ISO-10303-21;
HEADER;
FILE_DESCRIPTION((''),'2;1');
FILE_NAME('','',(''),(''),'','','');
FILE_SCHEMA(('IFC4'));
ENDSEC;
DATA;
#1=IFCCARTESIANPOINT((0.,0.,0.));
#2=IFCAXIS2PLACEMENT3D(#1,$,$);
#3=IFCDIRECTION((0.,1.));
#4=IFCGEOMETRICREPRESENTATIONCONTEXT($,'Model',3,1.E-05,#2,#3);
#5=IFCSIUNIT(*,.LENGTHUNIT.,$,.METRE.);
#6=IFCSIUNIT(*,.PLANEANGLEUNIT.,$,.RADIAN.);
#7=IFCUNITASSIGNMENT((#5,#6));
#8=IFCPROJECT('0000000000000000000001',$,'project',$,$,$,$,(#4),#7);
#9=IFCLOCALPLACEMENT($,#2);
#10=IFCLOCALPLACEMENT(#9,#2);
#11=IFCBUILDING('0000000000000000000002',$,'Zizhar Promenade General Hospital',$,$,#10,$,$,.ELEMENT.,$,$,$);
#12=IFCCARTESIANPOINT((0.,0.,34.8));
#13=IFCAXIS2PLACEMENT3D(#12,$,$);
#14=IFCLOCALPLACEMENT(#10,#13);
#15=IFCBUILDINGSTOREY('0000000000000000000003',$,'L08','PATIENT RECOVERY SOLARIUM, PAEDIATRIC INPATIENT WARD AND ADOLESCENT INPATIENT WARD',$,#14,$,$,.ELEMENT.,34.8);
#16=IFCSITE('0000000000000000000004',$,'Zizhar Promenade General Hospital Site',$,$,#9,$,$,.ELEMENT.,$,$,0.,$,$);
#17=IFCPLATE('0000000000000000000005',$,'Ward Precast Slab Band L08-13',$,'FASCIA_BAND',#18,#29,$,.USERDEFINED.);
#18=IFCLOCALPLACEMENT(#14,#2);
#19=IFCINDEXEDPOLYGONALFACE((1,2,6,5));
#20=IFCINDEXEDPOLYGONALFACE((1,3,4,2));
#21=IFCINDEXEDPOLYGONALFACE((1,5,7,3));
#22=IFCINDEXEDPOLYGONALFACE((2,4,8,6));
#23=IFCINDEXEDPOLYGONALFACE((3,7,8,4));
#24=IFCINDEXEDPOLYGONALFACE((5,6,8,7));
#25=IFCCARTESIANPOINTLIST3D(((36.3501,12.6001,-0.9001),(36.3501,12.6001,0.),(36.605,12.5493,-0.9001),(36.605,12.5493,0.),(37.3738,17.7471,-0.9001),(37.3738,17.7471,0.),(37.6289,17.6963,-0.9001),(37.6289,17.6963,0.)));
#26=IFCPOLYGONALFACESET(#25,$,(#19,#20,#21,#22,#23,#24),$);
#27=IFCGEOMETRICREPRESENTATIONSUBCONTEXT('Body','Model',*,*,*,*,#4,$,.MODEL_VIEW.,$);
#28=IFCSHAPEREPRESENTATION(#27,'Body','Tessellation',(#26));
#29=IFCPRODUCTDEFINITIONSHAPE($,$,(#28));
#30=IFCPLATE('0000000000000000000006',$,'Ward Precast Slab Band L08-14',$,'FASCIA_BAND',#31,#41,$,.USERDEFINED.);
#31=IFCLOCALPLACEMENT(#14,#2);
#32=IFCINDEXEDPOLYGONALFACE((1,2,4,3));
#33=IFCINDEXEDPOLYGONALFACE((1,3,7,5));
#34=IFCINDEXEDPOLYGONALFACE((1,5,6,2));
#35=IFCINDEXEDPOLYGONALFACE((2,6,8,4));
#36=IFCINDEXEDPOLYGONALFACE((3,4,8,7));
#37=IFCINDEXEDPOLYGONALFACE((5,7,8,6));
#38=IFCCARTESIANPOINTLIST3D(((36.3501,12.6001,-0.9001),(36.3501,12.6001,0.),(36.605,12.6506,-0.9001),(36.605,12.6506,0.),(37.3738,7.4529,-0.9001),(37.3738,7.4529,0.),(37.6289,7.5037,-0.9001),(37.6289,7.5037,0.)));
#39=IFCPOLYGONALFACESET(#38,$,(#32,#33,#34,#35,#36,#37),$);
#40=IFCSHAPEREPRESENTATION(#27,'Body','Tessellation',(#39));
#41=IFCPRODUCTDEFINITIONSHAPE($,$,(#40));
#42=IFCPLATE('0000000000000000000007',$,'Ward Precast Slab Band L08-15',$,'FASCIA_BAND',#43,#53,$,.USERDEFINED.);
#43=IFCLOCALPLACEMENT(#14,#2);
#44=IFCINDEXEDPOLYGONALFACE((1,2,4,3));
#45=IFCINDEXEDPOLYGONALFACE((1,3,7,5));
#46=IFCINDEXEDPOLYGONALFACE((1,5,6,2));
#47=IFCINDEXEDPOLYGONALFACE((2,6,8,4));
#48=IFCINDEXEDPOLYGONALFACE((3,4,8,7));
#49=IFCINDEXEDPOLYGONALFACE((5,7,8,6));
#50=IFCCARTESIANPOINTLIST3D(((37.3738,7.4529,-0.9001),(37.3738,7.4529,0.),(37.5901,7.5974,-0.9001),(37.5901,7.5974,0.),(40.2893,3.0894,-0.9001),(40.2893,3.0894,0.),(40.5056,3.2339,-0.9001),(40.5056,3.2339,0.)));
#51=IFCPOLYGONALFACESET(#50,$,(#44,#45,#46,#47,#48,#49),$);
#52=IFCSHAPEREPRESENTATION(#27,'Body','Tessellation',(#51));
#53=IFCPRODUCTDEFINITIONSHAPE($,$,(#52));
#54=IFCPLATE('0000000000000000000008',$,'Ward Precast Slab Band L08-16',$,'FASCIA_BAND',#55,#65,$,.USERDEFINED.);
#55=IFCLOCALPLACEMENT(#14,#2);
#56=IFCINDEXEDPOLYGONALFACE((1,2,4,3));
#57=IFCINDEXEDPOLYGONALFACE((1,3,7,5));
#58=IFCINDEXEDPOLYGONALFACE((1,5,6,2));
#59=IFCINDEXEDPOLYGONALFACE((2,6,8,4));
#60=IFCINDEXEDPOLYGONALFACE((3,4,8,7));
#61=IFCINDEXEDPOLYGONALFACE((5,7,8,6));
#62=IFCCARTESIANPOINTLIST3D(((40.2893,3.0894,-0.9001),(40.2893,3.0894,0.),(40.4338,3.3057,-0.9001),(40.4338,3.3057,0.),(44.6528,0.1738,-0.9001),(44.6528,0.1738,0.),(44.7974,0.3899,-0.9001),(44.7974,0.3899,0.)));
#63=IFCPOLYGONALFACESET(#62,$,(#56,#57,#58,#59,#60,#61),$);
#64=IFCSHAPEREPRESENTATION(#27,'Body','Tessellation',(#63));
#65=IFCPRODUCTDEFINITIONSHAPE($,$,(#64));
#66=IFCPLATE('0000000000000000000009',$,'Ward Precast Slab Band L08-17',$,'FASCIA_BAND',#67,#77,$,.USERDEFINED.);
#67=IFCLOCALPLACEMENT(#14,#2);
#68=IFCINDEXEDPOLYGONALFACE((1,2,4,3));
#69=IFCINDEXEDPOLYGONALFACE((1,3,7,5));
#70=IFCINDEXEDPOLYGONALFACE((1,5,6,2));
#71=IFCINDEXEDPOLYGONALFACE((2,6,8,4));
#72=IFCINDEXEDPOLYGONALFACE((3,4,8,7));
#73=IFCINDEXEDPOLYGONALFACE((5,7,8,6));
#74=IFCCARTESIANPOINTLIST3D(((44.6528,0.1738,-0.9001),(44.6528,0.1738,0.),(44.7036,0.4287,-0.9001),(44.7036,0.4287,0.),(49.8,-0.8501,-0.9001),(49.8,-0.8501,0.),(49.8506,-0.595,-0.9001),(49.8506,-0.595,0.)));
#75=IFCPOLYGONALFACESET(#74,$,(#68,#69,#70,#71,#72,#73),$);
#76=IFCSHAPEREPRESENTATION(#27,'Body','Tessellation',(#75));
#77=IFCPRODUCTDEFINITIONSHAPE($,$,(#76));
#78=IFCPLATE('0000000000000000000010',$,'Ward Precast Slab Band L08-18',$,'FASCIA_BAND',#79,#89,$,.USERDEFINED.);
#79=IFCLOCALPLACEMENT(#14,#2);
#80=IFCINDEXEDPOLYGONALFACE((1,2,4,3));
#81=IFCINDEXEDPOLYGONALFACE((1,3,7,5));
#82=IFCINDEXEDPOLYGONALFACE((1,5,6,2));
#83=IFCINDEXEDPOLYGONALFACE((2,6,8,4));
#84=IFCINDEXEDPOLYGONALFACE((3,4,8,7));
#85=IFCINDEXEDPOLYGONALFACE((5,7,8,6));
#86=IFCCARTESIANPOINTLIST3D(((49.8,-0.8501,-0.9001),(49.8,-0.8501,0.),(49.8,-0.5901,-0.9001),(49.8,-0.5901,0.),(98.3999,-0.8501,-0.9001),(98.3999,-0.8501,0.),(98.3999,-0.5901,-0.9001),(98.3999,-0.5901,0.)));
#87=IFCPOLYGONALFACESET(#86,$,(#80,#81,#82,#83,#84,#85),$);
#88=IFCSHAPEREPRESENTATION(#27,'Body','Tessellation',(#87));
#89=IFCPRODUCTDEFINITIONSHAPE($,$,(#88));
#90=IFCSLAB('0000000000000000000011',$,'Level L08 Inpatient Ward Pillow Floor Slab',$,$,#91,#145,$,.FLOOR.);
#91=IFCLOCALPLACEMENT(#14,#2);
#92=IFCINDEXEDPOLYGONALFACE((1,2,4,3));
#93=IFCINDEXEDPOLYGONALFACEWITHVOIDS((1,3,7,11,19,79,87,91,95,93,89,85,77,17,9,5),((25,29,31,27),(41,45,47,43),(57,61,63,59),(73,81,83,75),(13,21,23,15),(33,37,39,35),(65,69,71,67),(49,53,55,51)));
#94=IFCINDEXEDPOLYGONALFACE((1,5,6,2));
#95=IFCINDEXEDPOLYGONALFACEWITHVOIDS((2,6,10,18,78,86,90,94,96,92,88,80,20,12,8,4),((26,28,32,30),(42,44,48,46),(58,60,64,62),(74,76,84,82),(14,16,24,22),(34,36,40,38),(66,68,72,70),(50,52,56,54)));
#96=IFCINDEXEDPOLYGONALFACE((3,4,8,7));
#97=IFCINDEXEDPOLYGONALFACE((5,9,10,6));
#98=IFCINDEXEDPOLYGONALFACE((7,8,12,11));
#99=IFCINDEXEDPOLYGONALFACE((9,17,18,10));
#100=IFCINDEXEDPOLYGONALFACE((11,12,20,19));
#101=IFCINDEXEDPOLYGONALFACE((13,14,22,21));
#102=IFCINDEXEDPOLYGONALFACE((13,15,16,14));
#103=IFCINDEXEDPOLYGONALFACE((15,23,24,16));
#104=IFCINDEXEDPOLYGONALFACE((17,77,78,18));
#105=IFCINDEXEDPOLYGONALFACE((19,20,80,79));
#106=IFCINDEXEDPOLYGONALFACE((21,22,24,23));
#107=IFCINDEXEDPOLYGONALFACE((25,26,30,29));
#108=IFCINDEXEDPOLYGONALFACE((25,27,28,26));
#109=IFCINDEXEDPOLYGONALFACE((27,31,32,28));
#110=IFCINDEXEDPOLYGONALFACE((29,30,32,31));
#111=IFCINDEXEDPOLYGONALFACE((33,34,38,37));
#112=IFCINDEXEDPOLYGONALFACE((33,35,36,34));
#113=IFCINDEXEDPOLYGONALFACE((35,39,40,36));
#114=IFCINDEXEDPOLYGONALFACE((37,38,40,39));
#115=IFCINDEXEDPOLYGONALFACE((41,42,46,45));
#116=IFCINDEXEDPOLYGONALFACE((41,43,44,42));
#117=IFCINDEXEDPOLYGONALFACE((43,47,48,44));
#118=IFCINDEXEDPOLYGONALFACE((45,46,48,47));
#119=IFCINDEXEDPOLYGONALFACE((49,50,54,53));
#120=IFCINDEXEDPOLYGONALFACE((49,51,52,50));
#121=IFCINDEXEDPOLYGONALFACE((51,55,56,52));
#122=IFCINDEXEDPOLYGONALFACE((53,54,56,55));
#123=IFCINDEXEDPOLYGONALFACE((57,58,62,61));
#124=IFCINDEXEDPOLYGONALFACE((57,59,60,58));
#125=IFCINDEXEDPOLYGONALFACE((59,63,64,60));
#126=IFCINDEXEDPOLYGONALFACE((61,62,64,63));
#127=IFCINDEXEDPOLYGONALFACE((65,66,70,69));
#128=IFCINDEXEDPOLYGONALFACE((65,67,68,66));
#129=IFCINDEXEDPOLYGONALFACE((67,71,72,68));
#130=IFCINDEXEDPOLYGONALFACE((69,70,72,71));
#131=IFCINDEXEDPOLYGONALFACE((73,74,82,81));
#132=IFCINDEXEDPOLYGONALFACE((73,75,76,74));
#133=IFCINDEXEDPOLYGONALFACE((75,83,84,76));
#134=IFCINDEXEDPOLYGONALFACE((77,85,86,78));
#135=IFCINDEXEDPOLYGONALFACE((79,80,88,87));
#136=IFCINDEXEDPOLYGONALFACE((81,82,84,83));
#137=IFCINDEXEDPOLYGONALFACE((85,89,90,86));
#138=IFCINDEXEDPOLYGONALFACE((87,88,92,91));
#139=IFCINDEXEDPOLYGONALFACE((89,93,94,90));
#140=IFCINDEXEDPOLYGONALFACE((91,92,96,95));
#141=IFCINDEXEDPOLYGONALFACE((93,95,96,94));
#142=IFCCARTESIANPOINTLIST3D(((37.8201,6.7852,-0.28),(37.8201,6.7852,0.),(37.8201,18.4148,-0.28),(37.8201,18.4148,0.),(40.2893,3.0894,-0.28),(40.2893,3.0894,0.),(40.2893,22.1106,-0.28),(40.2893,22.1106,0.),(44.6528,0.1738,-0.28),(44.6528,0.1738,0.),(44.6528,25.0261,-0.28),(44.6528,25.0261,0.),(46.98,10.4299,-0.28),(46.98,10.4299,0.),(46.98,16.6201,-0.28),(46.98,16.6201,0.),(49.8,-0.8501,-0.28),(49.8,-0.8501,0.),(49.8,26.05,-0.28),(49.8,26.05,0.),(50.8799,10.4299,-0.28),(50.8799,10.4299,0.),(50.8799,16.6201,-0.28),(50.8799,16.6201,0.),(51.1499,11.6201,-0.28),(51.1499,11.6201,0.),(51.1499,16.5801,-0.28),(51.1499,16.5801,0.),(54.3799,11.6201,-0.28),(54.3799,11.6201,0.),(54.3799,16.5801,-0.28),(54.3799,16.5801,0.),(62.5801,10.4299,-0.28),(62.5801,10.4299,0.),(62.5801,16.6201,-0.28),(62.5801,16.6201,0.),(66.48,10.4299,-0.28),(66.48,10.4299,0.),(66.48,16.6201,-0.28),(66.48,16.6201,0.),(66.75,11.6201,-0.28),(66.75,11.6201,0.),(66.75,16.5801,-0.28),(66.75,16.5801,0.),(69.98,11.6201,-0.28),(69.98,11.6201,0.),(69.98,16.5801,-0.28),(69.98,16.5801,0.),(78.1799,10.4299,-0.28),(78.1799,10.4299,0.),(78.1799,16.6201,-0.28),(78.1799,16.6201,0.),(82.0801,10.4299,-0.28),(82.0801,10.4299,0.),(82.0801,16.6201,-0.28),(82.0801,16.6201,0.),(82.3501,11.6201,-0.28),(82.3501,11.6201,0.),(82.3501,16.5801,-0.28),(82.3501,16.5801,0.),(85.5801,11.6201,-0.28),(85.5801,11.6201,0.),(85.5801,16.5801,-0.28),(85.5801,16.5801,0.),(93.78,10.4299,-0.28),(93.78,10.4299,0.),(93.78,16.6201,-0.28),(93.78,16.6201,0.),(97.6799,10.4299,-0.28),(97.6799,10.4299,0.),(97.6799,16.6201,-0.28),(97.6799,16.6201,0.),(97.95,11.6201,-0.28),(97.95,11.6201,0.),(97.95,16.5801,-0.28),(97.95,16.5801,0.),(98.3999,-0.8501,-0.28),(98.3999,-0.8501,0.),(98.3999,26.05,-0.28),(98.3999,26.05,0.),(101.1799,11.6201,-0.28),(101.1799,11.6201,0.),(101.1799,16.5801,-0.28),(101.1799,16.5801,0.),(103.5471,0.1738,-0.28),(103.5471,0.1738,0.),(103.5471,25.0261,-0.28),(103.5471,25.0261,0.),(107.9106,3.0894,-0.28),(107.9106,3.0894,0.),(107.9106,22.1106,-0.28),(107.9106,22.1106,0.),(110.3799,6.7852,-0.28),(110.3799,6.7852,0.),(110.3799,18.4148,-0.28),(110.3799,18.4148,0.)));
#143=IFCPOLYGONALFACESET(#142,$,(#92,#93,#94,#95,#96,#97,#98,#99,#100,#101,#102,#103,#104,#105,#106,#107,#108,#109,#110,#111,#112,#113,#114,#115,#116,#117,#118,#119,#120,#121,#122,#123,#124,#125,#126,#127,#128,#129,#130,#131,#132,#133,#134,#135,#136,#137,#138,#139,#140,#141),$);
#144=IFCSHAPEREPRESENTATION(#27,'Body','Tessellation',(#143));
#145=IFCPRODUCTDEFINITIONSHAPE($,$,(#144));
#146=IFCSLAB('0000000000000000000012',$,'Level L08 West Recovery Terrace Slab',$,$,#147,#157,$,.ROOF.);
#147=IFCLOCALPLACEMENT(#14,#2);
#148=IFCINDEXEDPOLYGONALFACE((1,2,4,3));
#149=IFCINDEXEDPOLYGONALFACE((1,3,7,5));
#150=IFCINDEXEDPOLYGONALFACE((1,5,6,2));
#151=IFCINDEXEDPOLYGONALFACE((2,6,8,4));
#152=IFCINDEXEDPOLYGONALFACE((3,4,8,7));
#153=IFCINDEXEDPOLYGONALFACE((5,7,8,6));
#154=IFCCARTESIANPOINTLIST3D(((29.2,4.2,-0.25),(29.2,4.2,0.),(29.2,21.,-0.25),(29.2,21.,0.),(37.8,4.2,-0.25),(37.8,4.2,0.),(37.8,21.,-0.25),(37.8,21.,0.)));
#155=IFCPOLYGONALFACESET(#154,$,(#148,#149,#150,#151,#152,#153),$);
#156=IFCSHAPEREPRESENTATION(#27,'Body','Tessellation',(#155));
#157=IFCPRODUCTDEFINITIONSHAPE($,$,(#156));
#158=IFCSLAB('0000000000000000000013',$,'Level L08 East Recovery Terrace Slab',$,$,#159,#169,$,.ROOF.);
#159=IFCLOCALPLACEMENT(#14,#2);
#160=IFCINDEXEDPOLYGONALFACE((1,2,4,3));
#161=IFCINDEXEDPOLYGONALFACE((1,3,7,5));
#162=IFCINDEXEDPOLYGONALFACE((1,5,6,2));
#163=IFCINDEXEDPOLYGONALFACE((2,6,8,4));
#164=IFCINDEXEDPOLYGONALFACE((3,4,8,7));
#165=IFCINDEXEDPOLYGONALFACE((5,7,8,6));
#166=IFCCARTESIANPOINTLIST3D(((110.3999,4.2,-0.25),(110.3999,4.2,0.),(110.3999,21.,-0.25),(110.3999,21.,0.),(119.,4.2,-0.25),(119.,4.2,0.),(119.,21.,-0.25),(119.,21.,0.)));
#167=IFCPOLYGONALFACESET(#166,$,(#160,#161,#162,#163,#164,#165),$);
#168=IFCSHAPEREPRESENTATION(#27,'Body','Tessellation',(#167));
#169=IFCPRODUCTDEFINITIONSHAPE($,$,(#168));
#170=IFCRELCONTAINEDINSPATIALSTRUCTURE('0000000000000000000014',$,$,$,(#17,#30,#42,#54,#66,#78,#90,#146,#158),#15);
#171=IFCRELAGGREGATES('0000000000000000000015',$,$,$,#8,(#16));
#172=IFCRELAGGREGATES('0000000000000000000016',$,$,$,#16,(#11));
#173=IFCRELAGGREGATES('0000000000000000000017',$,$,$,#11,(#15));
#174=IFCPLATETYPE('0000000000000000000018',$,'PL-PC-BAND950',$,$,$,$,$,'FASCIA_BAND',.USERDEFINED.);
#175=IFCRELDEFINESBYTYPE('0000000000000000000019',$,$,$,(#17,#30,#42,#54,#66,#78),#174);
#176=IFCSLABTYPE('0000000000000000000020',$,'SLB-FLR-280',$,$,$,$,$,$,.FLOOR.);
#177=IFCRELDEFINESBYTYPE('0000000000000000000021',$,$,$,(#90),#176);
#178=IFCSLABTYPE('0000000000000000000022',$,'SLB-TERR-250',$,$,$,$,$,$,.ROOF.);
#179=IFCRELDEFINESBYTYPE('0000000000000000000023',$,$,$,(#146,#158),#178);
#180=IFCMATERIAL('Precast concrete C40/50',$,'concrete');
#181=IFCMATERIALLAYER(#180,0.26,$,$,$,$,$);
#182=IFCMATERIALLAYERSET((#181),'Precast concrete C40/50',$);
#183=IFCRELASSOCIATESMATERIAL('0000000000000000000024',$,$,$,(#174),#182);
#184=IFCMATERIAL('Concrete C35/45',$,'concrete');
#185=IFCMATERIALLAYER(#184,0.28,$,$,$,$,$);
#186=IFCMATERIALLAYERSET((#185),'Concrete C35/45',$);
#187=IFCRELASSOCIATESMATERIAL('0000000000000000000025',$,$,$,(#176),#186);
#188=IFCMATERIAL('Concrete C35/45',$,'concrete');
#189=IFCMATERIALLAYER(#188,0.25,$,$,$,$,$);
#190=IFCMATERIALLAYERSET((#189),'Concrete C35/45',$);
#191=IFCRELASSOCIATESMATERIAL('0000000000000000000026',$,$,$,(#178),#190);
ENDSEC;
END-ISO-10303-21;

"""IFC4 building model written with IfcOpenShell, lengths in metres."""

from ifc_helpers import new_model, si_unit, direction, frame, origin, place, context, subcontext, project, spatial, polyline, outline, extrude, material, layer, layer_set, type_object, element, save


model = new_model("IFC4")

# Units and contexts
model_context = context("Model", 3, precision=1e-05, world=origin(), true_north=direction((0.0, 1.0)))
body_context = subcontext(model_context, "Body", "Model", "MODEL_VIEW")
ifc_project = project(units=[si_unit("LENGTHUNIT", "METRE"), si_unit("PLANEANGLEUNIT", "RADIAN")], contexts=[model_context])

# Site, building, storey
site_placement = place(None, origin())
site = spatial("IfcSite", under=ifc_project, at=site_placement, Name="Zizhar Promenade General Hospital Site", CompositionType="ELEMENT", RefElevation=0.0)
building_placement = place(site_placement, origin())
building = spatial("IfcBuilding", under=site, at=building_placement, Name="Zizhar Promenade General Hospital", CompositionType="ELEMENT")
storey_placement = place(building_placement, frame((0.0, 0.0, 34.8)))
storey = spatial("IfcBuildingStorey", under=building, at=storey_placement, Name="L08", Description="PATIENT RECOVERY SOLARIUM, PAEDIATRIC INPATIENT WARD AND ADOLESCENT INPATIENT WARD", CompositionType="ELEMENT", Elevation=34.8)

# Plates
ifc_material_1 = material(Name="Precast concrete C40/50", Category="concrete")
ifc_layer_1 = layer(ifc_material_1, 0.26)
ifc_layer_set_1 = layer_set([ifc_layer_1], Name="Precast concrete C40/50")
plate_type_1 = type_object("IfcPlateType", Name="PL-PC-BAND950", ElementType="FASCIA_BAND", PredefinedType="USERDEFINED", material=ifc_layer_set_1)
plate_1_placement = place(storey_placement, frame((0.0, 0.0, -0.9001)))
element("IfcPlate", 1, at=plate_1_placement, inside=storey, type_object=plate_type_1, Name="Ward Precast Slab Band L08-13", ObjectType="FASCIA_BAND", PredefinedType="USERDEFINED", context=body_context, shape_type="SweptSolid", body=[
    extrude(outline(polyline([(37.3738, 17.7471), (36.3501, 12.6001), (36.605, 12.5493), (37.6289, 17.6963), (37.3738, 17.7471)])), origin(), (0.0, 0.0, 1.0), 0.9001),
])
plate_2_placement = place(storey_placement, frame((0.0, 0.0, -0.9001)))
element("IfcPlate", 2, at=plate_2_placement, inside=storey, type_object=plate_type_1, Name="Ward Precast Slab Band L08-14", ObjectType="FASCIA_BAND", PredefinedType="USERDEFINED", context=body_context, shape_type="SweptSolid", body=[
    extrude(outline(polyline([(36.3501, 12.6001), (37.3738, 7.4529), (37.6289, 7.5037), (36.605, 12.6506), (36.3501, 12.6001)])), origin(), (0.0, 0.0, 1.0), 0.9001),
])
plate_3_placement = place(storey_placement, frame((0.0, 0.0, -0.9001)))
element("IfcPlate", 3, at=plate_3_placement, inside=storey, type_object=plate_type_1, Name="Ward Precast Slab Band L08-15", ObjectType="FASCIA_BAND", PredefinedType="USERDEFINED", context=body_context, shape_type="SweptSolid", body=[
    extrude(outline(polyline([(37.3738, 7.4529), (40.2893, 3.0894), (40.5056, 3.2339), (37.5901, 7.5974), (37.3738, 7.4529)])), origin(), (0.0, 0.0, 1.0), 0.9001),
])
plate_4_placement = place(storey_placement, frame((0.0, 0.0, -0.9001)))
element("IfcPlate", 4, at=plate_4_placement, inside=storey, type_object=plate_type_1, Name="Ward Precast Slab Band L08-16", ObjectType="FASCIA_BAND", PredefinedType="USERDEFINED", context=body_context, shape_type="SweptSolid", body=[
    extrude(outline(polyline([(40.2893, 3.0894), (44.6528, 0.1738), (44.7974, 0.3899), (40.4338, 3.3057), (40.2893, 3.0894)])), origin(), (0.0, 0.0, 1.0), 0.9001),
])
plate_5_placement = place(storey_placement, frame((0.0, 0.0, -0.9001)))
element("IfcPlate", 5, at=plate_5_placement, inside=storey, type_object=plate_type_1, Name="Ward Precast Slab Band L08-17", ObjectType="FASCIA_BAND", PredefinedType="USERDEFINED", context=body_context, shape_type="SweptSolid", body=[
    extrude(outline(polyline([(44.6528, 0.1738), (49.8, -0.8501), (49.8506, -0.595), (44.7036, 0.4287), (44.6528, 0.1738)])), origin(), (0.0, 0.0, 1.0), 0.9001),
])
plate_6_placement = place(storey_placement, frame((0.0, 0.0, -0.9001)))
element("IfcPlate", 6, at=plate_6_placement, inside=storey, type_object=plate_type_1, Name="Ward Precast Slab Band L08-18", ObjectType="FASCIA_BAND", PredefinedType="USERDEFINED", context=body_context, shape_type="SweptSolid", body=[
    extrude(outline(polyline([(49.8, -0.8501), (98.3999, -0.8501), (98.3999, -0.5901), (49.8, -0.5901), (49.8, -0.8501)])), origin(), (0.0, 0.0, 1.0), 0.9001),
])

# Slabs
ifc_material_2 = material(Name="Concrete C35/45", Category="concrete")
ifc_layer_2 = layer(ifc_material_2, 0.28)
ifc_layer_set_2 = layer_set([ifc_layer_2], Name="Concrete C35/45")
slab_type_1 = type_object("IfcSlabType", Name="SLB-FLR-280", PredefinedType="FLOOR", material=ifc_layer_set_2)
slab_1_placement = place(storey_placement, frame((0.0, 0.0, -0.28)))
element("IfcSlab", 7, at=slab_1_placement, inside=storey, type_object=slab_type_1, Name="Level L08 Inpatient Ward Pillow Floor Slab", PredefinedType="FLOOR", context=body_context, shape_type="SweptSolid", body=[
    extrude(outline(polyline([(44.6528, 25.0261), (49.8, 26.05), (98.3999, 26.05), (103.5471, 25.0261), (107.9106, 22.1106), (110.3799, 18.4148), (110.3799, 6.7852), (107.9106, 3.0894), (103.5471, 0.1738), (98.3999, -0.8501), (49.8, -0.8501), (44.6528, 0.1738), (40.2893, 3.0894), (37.8201, 6.7852), (37.8201, 18.4148), (40.2893, 22.1106), (44.6528, 25.0261)]), holes=[polyline([(46.98, 10.4299), (46.98, 16.6201), (50.8799, 16.6201), (50.8799, 10.4299), (46.98, 10.4299)]), polyline([(51.1499, 11.6201), (51.1499, 16.5801), (54.3799, 16.5801), (54.3799, 11.6201), (51.1499, 11.6201)]), polyline([(62.5801, 10.4299), (62.5801, 16.6201), (66.48, 16.6201), (66.48, 10.4299), (62.5801, 10.4299)]), polyline([(66.75, 11.6201), (66.75, 16.5801), (69.98, 16.5801), (69.98, 11.6201), (66.75, 11.6201)]), polyline([(78.1799, 10.4299), (78.1799, 16.6201), (82.0801, 16.6201), (82.0801, 10.4299), (78.1799, 10.4299)]), polyline([(82.3501, 11.6201), (82.3501, 16.5801), (85.5801, 16.5801), (85.5801, 11.6201), (82.3501, 11.6201)]), polyline([(93.78, 10.4299), (93.78, 16.6201), (97.6799, 16.6201), (97.6799, 10.4299), (93.78, 10.4299)]), polyline([(97.95, 11.6201), (97.95, 16.5801), (101.1799, 16.5801), (101.1799, 11.6201), (97.95, 11.6201)])]), origin(), (0.0, 0.0, 1.0), 0.28),
])
ifc_material_3 = material(Name="Concrete C35/45", Category="concrete")
ifc_layer_3 = layer(ifc_material_3, 0.25)
ifc_layer_set_3 = layer_set([ifc_layer_3], Name="Concrete C35/45")
slab_type_2 = type_object("IfcSlabType", Name="SLB-TERR-250", PredefinedType="ROOF", material=ifc_layer_set_3)
slab_2_placement = place(storey_placement, frame((0.0, 0.0, -0.25)))
element("IfcSlab", 8, at=slab_2_placement, inside=storey, type_object=slab_type_2, Name="Level L08 West Recovery Terrace Slab", PredefinedType="ROOF", context=body_context, shape_type="SweptSolid", body=[
    extrude(outline(polyline([(29.2, 4.2), (37.8, 4.2), (37.8, 21.0), (29.2, 21.0), (29.2, 4.2)])), origin(), (0.0, 0.0, 1.0), 0.25),
])
slab_3_placement = place(storey_placement, frame((0.0, 0.0, -0.25)))
element("IfcSlab", 9, at=slab_3_placement, inside=storey, type_object=slab_type_2, Name="Level L08 East Recovery Terrace Slab", PredefinedType="ROOF", context=body_context, shape_type="SweptSolid", body=[
    extrude(outline(polyline([(110.3999, 4.2), (119.0, 4.2), (119.0, 21.0), (110.3999, 21.0), (110.3999, 4.2)])), origin(), (0.0, 0.0, 1.0), 0.25),
])

save(model, "model.ifc")
